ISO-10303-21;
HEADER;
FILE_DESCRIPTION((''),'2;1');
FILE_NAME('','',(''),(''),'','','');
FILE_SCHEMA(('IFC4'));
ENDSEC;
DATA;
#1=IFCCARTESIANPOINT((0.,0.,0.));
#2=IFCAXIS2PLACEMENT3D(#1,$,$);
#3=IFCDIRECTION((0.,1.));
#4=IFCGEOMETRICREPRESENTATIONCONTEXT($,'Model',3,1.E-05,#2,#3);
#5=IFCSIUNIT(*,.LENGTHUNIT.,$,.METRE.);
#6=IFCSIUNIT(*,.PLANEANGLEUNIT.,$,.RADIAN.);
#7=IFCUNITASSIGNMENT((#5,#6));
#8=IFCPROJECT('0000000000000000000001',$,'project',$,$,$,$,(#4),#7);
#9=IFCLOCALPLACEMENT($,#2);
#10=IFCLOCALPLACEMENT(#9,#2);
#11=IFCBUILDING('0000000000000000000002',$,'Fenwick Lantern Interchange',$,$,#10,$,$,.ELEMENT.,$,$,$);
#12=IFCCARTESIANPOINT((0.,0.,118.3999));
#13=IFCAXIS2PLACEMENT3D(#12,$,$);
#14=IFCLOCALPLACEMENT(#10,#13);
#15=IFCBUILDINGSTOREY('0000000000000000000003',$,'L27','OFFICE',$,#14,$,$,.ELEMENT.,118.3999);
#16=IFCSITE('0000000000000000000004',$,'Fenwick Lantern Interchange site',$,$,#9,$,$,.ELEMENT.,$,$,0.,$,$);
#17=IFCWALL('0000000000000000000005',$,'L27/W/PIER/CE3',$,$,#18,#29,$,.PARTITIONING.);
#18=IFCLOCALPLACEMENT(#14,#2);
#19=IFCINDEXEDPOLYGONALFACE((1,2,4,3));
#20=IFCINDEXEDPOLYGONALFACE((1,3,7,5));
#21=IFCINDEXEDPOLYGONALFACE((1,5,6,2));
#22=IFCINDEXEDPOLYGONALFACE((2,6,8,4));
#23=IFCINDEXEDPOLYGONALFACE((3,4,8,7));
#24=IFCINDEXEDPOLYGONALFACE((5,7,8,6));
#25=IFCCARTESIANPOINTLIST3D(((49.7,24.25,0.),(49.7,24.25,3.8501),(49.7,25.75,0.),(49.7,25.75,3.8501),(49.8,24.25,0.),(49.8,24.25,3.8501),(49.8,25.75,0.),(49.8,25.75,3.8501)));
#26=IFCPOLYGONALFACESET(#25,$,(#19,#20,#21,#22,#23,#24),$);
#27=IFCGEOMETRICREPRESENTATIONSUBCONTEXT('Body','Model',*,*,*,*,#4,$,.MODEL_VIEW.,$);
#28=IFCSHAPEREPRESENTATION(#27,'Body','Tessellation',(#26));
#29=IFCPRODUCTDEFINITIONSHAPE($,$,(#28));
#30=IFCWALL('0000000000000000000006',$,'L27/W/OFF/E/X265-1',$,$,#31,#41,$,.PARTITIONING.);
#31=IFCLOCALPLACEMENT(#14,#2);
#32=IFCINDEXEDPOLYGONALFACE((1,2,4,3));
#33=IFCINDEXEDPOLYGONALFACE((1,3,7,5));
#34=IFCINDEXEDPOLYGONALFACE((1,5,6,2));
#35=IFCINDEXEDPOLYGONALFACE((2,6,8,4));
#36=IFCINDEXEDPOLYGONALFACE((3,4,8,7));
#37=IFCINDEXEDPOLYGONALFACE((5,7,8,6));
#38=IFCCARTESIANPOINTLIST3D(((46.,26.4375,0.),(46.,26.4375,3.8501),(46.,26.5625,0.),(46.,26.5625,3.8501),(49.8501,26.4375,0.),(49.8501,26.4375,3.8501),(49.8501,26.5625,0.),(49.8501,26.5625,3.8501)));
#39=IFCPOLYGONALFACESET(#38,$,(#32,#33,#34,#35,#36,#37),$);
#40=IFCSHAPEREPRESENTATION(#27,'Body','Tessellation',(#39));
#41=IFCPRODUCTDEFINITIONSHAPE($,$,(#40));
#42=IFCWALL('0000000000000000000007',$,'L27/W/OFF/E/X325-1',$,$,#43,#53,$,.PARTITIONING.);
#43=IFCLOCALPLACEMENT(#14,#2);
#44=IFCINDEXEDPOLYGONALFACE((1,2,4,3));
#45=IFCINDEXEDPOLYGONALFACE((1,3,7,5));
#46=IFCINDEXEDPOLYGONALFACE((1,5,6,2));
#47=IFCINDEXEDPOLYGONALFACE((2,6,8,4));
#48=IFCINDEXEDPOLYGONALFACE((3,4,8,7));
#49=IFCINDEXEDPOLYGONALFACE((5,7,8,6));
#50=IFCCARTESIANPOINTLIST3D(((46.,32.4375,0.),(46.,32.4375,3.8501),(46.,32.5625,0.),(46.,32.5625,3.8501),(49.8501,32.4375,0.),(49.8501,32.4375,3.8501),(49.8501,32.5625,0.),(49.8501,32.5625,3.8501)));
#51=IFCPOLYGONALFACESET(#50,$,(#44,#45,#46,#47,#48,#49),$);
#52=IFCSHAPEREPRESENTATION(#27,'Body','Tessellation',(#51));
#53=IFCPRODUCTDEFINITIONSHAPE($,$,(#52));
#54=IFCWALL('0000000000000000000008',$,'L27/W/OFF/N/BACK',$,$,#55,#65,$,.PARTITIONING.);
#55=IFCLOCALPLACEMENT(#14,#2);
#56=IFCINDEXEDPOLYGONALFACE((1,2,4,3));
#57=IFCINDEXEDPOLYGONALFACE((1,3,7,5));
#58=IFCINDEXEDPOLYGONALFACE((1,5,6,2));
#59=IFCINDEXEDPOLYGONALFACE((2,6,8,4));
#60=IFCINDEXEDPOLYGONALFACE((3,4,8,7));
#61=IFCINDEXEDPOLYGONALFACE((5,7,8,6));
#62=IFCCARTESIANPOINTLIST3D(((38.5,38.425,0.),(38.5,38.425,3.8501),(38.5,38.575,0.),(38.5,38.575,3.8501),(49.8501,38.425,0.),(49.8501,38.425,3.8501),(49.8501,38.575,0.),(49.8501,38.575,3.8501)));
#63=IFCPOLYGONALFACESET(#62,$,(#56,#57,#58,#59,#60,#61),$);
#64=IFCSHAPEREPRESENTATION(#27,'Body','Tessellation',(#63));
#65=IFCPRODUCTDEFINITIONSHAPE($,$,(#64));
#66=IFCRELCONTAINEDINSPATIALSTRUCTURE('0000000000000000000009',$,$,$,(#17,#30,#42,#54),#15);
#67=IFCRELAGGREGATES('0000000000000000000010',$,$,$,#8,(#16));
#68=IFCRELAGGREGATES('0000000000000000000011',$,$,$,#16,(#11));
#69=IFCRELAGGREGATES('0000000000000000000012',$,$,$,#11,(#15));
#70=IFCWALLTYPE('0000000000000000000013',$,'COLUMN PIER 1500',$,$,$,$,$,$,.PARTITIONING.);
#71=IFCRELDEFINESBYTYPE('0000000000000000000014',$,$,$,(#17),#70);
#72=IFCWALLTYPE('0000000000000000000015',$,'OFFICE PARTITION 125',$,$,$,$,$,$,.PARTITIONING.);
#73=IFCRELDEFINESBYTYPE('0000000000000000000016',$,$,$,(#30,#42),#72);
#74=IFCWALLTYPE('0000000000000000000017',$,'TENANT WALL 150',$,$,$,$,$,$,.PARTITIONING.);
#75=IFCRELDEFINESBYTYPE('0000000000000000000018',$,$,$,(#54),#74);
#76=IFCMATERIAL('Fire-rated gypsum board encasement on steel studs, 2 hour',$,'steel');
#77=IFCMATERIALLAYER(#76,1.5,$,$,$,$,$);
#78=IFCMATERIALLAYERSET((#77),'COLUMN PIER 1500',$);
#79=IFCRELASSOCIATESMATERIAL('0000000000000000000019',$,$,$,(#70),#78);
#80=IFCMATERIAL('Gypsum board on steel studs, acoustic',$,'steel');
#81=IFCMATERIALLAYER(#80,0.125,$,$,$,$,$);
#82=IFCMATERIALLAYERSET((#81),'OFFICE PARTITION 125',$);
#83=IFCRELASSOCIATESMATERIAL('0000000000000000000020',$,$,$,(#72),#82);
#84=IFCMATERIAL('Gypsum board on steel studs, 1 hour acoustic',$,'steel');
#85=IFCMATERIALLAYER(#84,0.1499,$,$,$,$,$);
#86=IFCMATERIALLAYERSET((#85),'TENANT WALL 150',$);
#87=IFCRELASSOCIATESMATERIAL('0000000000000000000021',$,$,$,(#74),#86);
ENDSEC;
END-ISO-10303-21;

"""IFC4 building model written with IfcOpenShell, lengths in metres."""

from ifc_helpers import new_model, si_unit, direction, frame, frame_2d, origin, place, context, subcontext, project, spatial, rectangle, extrude, material, layer, layer_set, type_object, element, save


model = new_model("IFC4")

# Units and contexts
model_context = context("Model", 3, precision=1e-05, world=origin(), true_north=direction((0.0, 1.0)))
body_context = subcontext(model_context, "Body", "Model", "MODEL_VIEW")
ifc_project = project(units=[si_unit("LENGTHUNIT", "METRE"), si_unit("PLANEANGLEUNIT", "RADIAN")], contexts=[model_context])

# Site, building, storey
site_placement = place(None, origin())
site = spatial("IfcSite", under=ifc_project, at=site_placement, Name="Fenwick Lantern Interchange site", CompositionType="ELEMENT", RefElevation=0.0)
building_placement = place(site_placement, origin())
building = spatial("IfcBuilding", under=site, at=building_placement, Name="Fenwick Lantern Interchange", CompositionType="ELEMENT")
storey_placement = place(building_placement, frame((0.0, 0.0, 118.3999)))
storey = spatial("IfcBuildingStorey", under=building, at=storey_placement, Name="L27", Description="OFFICE", CompositionType="ELEMENT", Elevation=118.3999)

# Walls
ifc_material_1 = material(Name="Fire-rated gypsum board encasement on steel studs, 2 hour", Category="steel")
ifc_layer_1 = layer(ifc_material_1, 1.5)
ifc_layer_set_1 = layer_set([ifc_layer_1], Name="COLUMN PIER 1500")
wall_type_1 = type_object("IfcWallType", Name="COLUMN PIER 1500", PredefinedType="PARTITIONING", material=ifc_layer_set_1)
wall_1_placement = place(storey_placement, frame((49.8, 25.0, 0.0), z_axis=(0.0, 0.0, 1.0), x_axis=(-1.0, 0.0, 0.0)))
element("IfcWall", 1, at=wall_1_placement, inside=storey, type_object=wall_type_1, Name="L27/W/PIER/CE3", PredefinedType="PARTITIONING", context=body_context, shape_type="SweptSolid", body=[
    extrude(rectangle(XDim=0.1001, YDim=1.5, at=frame_2d((0.05, 0.0))), origin(), (0.0, 0.0, 1.0), 3.8501),
])
ifc_material_2 = material(Name="Gypsum board on steel studs, acoustic", Category="steel")
ifc_layer_2 = layer(ifc_material_2, 0.125)
ifc_layer_set_2 = layer_set([ifc_layer_2], Name="OFFICE PARTITION 125")
wall_type_2 = type_object("IfcWallType", Name="OFFICE PARTITION 125", PredefinedType="PARTITIONING", material=ifc_layer_set_2)
for number, where, z_axis, x_axis, name in (
    (2, (49.8501, 26.5, 0.0), (0.0, 0.0, 1.0), (-1.0, 0.0, 0.0), "L27/W/OFF/E/X265-1"),
    (3, (49.8501, 32.5, 0.0), (0.0, 0.0, 1.0), (-1.0, 0.0, 0.0), "L27/W/OFF/E/X325-1"),
):
    element("IfcWall", number, at=place(storey_placement, frame(where, z_axis=z_axis, x_axis=x_axis)), inside=storey, type_object=wall_type_2, Name=name, PredefinedType="PARTITIONING", context=body_context, shape_type="SweptSolid", body=[
        extrude(rectangle(XDim=3.8501, YDim=0.125, at=frame_2d((1.925, 0.0))), origin(), (0.0, 0.0, 1.0), 3.8501),
    ])
ifc_material_3 = material(Name="Gypsum board on steel studs, 1 hour acoustic", Category="steel")
ifc_layer_3 = layer(ifc_material_3, 0.1499)
ifc_layer_set_3 = layer_set([ifc_layer_3], Name="TENANT WALL 150")
wall_type_3 = type_object("IfcWallType", Name="TENANT WALL 150", PredefinedType="PARTITIONING", material=ifc_layer_set_3)
wall_2_placement = place(storey_placement, frame((49.8501, 38.5, 0.0), z_axis=(0.0, 0.0, 1.0), x_axis=(-1.0, 0.0, 0.0)))
element("IfcWall", 4, at=wall_2_placement, inside=storey, type_object=wall_type_3, Name="L27/W/OFF/N/BACK", PredefinedType="PARTITIONING", context=body_context, shape_type="SweptSolid", body=[
    extrude(rectangle(XDim=11.3501, YDim=0.1499, at=frame_2d((5.675, 0.0))), origin(), (0.0, 0.0, 1.0), 3.8501),
])

save(model, "model.ifc")
